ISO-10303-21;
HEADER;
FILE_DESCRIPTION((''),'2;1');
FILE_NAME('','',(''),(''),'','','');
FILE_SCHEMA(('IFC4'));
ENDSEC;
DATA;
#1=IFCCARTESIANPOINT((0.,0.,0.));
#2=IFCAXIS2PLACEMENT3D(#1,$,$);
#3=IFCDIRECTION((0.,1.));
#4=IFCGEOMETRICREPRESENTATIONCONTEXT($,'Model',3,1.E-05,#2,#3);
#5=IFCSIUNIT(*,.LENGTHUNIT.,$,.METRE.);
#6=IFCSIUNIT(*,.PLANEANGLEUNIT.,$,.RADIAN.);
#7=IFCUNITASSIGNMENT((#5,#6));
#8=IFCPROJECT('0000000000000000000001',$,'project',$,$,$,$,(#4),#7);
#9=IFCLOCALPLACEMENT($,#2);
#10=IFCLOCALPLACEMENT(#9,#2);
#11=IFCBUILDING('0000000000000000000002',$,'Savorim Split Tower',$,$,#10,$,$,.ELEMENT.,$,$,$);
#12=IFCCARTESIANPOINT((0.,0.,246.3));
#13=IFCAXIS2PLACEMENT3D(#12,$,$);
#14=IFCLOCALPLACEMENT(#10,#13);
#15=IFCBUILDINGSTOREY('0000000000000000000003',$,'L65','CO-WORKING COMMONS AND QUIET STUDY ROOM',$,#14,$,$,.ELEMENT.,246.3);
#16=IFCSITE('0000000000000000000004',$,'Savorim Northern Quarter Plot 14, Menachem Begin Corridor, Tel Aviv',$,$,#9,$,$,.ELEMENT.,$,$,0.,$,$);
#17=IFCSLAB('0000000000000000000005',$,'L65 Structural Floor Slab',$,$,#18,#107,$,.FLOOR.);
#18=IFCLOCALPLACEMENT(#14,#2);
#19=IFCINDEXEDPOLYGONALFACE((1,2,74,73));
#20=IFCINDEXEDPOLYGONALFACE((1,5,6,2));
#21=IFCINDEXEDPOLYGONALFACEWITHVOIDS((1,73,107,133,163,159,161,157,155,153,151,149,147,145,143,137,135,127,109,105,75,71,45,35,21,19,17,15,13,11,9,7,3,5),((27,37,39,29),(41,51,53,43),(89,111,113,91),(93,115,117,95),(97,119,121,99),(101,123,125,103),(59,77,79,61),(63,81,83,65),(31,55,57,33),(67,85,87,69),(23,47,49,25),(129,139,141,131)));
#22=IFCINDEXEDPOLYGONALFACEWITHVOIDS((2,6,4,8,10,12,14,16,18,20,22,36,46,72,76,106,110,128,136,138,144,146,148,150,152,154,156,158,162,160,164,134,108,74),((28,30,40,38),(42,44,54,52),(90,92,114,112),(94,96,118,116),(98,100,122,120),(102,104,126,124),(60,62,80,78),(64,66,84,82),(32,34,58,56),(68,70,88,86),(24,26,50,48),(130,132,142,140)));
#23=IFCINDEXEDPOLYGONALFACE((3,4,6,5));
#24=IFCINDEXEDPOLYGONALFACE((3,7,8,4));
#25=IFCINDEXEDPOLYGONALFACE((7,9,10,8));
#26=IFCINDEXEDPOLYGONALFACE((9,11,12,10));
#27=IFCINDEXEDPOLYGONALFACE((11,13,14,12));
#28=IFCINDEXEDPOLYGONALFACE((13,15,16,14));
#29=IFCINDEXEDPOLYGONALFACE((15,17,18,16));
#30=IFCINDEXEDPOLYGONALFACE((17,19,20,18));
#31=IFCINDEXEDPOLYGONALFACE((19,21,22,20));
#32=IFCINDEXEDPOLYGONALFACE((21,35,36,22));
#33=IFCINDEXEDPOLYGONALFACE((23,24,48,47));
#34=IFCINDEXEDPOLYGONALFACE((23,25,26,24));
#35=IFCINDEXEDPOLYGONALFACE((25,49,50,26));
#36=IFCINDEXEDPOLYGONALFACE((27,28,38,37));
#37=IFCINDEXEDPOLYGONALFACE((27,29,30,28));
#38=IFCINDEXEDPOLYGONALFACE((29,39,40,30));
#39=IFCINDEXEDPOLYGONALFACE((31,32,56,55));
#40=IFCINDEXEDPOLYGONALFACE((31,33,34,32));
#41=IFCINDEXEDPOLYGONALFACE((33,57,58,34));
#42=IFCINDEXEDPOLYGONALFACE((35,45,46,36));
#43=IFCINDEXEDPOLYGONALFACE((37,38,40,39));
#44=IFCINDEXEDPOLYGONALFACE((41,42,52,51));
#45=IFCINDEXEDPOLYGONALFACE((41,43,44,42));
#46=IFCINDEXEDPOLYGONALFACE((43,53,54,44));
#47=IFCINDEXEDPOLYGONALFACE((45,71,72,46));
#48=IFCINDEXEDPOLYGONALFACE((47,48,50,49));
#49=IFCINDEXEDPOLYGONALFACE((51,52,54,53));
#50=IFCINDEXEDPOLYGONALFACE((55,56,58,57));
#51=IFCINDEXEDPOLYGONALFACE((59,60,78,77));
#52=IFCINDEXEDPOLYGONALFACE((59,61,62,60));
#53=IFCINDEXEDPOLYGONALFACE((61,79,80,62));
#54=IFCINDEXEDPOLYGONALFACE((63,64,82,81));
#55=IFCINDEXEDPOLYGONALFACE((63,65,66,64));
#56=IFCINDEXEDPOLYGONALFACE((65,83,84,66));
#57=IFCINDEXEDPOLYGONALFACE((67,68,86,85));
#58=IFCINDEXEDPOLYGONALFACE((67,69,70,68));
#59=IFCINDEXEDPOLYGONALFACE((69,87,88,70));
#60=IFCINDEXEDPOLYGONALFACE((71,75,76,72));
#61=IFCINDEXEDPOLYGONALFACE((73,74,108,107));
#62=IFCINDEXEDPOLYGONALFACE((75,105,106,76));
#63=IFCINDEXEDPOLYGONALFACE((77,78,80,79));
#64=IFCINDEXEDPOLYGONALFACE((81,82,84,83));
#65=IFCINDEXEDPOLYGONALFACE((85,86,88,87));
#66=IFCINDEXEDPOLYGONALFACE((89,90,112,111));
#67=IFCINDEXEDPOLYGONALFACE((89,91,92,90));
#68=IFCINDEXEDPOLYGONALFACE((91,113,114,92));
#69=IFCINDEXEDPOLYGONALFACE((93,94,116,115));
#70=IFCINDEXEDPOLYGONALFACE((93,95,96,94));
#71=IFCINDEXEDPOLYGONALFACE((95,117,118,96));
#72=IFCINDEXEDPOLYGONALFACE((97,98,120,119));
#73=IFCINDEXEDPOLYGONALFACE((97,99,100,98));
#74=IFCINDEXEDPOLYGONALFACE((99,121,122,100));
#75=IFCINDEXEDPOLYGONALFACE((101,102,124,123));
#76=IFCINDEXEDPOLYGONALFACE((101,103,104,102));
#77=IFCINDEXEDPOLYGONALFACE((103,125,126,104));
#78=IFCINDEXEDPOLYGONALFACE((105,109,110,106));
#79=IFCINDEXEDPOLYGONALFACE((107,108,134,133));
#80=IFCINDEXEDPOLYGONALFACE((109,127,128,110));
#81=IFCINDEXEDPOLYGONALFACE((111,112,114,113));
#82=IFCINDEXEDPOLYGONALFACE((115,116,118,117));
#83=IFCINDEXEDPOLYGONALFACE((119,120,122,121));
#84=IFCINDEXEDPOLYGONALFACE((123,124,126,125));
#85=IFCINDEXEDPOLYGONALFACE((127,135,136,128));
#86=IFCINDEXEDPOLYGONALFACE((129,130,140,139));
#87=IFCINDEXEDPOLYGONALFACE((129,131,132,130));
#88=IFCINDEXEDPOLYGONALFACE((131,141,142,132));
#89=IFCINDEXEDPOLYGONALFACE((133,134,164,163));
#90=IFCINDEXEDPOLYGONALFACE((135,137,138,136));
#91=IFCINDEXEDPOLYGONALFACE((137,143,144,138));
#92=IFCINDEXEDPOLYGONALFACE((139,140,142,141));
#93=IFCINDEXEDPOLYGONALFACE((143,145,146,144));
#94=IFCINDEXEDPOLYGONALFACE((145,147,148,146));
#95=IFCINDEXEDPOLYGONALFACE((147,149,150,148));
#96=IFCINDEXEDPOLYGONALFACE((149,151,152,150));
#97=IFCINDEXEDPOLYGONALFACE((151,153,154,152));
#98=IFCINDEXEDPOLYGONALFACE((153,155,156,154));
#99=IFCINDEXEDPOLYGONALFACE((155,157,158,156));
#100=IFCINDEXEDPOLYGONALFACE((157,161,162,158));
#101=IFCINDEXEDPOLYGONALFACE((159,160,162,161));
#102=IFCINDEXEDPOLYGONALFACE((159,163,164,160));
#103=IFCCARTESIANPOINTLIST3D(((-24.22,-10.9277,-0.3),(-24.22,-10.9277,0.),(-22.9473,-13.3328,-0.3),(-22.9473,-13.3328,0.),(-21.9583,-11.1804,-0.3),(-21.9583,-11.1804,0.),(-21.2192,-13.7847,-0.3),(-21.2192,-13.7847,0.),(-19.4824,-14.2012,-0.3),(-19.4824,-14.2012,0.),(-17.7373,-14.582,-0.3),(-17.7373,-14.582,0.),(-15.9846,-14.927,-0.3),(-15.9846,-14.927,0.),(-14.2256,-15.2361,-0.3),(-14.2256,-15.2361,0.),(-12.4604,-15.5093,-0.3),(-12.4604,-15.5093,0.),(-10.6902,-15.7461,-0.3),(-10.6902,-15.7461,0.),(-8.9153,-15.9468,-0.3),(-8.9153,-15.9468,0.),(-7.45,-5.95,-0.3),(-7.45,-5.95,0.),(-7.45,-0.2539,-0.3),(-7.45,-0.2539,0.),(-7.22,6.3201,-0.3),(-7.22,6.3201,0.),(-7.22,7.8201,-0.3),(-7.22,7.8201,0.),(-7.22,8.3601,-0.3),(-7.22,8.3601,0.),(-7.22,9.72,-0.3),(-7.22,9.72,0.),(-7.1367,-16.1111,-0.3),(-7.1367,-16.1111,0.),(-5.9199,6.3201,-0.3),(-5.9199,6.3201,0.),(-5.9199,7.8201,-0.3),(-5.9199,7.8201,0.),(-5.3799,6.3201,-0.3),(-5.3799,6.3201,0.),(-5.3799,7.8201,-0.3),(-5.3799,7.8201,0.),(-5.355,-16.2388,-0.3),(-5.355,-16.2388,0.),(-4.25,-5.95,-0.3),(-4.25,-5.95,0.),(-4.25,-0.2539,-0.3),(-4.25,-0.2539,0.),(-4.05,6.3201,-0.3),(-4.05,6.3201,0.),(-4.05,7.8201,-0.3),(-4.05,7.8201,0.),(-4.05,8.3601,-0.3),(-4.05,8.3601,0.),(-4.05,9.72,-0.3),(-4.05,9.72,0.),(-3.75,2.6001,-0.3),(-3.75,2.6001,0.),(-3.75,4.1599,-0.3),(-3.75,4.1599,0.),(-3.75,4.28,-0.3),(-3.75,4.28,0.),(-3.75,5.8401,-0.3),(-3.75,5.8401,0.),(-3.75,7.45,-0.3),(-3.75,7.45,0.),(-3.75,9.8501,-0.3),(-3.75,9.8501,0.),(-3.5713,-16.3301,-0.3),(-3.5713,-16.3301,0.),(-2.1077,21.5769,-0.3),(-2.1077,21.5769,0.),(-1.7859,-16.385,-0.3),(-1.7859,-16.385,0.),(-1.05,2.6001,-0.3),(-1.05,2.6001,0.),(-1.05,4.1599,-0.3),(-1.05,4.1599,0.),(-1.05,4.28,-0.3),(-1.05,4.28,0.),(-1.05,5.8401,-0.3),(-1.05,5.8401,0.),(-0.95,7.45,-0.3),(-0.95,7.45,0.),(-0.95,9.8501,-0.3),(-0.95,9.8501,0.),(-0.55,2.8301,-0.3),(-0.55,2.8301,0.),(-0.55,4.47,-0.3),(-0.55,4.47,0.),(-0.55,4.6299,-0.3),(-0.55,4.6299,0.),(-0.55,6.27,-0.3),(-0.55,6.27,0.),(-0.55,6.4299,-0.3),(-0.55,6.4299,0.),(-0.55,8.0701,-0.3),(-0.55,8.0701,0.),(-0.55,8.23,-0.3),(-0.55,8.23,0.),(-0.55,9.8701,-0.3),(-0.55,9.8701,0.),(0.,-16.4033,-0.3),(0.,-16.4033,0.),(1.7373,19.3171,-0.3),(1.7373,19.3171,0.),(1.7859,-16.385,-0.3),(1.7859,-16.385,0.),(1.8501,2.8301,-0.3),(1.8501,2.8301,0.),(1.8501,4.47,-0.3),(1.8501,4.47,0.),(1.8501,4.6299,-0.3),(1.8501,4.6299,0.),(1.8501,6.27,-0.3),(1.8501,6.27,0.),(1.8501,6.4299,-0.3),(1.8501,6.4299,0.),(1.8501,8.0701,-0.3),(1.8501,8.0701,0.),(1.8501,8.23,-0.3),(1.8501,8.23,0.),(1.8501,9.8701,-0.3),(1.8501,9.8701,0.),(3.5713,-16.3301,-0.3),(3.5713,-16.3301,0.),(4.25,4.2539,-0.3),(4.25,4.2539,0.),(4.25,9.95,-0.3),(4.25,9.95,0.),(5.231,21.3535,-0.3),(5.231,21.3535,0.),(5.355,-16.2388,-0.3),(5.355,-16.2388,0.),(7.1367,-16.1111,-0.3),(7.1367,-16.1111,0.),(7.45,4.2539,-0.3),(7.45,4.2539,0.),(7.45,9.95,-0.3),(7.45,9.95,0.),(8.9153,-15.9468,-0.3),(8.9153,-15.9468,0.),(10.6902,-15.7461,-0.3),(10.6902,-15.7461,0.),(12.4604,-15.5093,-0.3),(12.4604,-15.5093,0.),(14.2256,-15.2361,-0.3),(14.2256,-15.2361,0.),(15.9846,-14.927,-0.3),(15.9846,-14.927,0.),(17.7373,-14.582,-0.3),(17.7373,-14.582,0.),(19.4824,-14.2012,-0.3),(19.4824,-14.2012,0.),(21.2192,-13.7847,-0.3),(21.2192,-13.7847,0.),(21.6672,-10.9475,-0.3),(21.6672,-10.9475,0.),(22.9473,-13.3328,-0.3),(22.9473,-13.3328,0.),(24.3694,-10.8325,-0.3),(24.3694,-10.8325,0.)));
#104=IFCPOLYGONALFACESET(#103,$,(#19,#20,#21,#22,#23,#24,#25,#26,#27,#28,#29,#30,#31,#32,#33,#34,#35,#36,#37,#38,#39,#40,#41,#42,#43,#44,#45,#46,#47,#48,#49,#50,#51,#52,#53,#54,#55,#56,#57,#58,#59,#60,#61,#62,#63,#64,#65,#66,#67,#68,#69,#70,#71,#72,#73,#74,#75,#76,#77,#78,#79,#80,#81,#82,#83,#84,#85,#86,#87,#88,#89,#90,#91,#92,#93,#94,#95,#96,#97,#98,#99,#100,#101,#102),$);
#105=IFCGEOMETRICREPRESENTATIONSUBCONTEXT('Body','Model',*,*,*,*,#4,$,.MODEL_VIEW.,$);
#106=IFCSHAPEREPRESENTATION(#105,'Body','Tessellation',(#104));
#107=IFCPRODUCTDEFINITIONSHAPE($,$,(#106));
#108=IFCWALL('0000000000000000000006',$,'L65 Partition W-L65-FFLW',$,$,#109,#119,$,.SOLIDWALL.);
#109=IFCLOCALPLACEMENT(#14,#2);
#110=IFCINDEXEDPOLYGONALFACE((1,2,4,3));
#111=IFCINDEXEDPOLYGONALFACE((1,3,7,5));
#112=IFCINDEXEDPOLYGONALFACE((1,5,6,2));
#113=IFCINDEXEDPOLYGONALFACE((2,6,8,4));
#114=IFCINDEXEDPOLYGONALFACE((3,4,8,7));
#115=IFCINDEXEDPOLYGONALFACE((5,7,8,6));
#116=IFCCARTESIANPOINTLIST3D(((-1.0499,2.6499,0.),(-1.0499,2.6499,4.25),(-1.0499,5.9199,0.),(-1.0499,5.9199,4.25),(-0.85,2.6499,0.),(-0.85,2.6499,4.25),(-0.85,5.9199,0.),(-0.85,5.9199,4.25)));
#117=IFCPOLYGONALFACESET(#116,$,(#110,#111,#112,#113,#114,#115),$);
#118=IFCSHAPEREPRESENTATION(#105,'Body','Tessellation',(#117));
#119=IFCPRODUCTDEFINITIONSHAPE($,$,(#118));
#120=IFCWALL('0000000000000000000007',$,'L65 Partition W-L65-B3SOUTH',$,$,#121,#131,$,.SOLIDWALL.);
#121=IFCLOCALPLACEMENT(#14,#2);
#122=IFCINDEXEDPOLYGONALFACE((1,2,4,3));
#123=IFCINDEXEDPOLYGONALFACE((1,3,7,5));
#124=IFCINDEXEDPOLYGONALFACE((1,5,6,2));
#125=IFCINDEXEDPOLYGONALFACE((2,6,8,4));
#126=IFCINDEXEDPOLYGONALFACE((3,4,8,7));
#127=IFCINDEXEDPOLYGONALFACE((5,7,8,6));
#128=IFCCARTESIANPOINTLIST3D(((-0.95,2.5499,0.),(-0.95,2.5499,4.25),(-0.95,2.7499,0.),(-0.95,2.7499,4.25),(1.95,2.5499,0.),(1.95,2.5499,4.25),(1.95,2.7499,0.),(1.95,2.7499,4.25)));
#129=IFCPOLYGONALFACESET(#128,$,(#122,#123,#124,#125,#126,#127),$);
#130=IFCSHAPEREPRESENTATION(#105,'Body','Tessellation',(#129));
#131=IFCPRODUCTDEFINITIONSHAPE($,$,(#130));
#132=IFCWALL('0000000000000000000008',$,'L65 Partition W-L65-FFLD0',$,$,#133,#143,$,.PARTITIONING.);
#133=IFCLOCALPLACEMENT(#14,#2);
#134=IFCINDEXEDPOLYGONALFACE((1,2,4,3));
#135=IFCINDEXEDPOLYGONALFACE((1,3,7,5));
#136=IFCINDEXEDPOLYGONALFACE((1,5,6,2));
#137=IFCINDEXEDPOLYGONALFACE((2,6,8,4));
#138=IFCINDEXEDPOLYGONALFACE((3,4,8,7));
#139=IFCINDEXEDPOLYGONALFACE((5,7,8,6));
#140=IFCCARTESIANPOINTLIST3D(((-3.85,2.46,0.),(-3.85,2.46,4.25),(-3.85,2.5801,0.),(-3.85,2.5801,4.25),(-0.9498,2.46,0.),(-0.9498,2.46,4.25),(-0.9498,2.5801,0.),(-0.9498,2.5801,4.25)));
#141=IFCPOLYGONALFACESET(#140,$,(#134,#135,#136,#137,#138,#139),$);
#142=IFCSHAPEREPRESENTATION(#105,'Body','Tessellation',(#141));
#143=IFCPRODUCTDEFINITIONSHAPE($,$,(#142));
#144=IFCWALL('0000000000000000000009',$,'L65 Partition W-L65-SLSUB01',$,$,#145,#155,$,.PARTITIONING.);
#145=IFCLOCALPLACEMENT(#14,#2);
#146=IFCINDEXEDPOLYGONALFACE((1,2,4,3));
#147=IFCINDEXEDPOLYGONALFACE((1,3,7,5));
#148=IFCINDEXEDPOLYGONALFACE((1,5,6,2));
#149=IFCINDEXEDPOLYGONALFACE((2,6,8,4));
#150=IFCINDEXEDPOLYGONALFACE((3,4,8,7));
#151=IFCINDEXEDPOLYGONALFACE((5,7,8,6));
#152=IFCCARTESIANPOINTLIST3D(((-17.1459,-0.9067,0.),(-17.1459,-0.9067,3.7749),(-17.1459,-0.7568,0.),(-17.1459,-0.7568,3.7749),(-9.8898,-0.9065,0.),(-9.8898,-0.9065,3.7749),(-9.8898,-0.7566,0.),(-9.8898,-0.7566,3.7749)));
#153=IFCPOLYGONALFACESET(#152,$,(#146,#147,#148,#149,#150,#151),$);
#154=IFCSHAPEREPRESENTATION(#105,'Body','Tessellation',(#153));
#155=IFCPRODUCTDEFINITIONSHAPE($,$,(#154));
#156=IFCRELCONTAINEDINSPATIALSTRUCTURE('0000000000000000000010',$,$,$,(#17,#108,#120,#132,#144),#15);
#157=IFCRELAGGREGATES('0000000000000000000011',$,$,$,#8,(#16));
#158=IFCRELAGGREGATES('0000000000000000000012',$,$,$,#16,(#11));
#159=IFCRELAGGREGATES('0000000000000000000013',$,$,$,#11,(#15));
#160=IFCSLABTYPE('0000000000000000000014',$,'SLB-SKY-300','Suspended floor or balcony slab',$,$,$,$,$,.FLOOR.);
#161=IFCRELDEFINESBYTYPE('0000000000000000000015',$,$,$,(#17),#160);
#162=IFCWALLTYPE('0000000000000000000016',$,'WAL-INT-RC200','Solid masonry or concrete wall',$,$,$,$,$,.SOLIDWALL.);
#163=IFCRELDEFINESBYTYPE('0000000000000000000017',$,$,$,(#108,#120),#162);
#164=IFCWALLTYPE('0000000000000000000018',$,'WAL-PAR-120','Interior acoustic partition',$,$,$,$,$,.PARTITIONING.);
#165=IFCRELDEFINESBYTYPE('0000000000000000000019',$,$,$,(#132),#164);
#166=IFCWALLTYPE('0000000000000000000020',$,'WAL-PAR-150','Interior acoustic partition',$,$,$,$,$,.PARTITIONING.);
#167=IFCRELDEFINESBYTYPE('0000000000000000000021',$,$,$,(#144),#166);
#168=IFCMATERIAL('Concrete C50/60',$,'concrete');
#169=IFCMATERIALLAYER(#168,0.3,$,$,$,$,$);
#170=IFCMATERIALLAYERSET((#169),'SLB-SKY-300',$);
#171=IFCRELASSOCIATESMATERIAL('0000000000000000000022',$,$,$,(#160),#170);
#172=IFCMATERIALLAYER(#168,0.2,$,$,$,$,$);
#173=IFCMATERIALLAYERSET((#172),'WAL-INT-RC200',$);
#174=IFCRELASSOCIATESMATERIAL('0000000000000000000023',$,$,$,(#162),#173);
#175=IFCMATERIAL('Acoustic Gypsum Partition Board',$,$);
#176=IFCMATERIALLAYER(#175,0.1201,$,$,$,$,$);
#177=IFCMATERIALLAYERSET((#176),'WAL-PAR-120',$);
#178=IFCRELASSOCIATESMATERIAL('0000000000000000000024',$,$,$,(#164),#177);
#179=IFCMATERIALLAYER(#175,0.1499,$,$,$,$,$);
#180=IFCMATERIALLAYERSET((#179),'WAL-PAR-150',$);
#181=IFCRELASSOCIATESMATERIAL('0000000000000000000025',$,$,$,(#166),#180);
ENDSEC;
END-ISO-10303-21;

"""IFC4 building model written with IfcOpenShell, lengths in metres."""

from ifc_helpers import new_model, si_unit, direction, frame, frame_2d, origin, place, context, subcontext, project, spatial, polyline, rectangle, outline, extrude, material, layer, layer_set, type_object, element, save


model = new_model("IFC4")

# Units and contexts
model_context = context("Model", 3, precision=1e-05, world=origin(), true_north=direction((0.0, 1.0)))
body_context = subcontext(model_context, "Body", "Model", "MODEL_VIEW")
ifc_project = project(units=[si_unit("LENGTHUNIT", "METRE"), si_unit("PLANEANGLEUNIT", "RADIAN")], contexts=[model_context])

# Site, building, storey
site_placement = place(None, origin())
site = spatial("IfcSite", under=ifc_project, at=site_placement, Name="Savorim Northern Quarter Plot 14, Menachem Begin Corridor, Tel Aviv", CompositionType="ELEMENT", RefElevation=0.0)
building_placement = place(site_placement, origin())
building = spatial("IfcBuilding", under=site, at=building_placement, Name="Savorim Split Tower", CompositionType="ELEMENT")
storey_placement = place(building_placement, frame((0.0, 0.0, 246.3)))
storey = spatial("IfcBuildingStorey", under=building, at=storey_placement, Name="L65", Description="CO-WORKING COMMONS AND QUIET STUDY ROOM", CompositionType="ELEMENT", Elevation=246.3)

# Slab
ifc_material_1 = material(Name="Concrete C50/60", Category="concrete")
ifc_layer_1 = layer(ifc_material_1, 0.3)
ifc_layer_set_1 = layer_set([ifc_layer_1], Name="SLB-SKY-300")
slab_type = type_object("IfcSlabType", Name="SLB-SKY-300", Description="Suspended floor or balcony slab", PredefinedType="FLOOR", material=ifc_layer_set_1)
slab_placement = place(storey_placement, frame((0.0, 0.0, -0.3)))
element("IfcSlab", 1, at=slab_placement, inside=storey, type_object=slab_type, Name="L65 Structural Floor Slab", PredefinedType="FLOOR", context=body_context, shape_type="SweptSolid", body=[
    extrude(outline(polyline([(-22.9473, -13.3328), (-21.2192, -13.7847), (-19.4824, -14.2012), (-17.7373, -14.582), (-15.9846, -14.927), (-14.2256, -15.2361), (-12.4604, -15.5093), (-10.6902, -15.7461), (-8.9153, -15.9468), (-7.1367, -16.1111), (-5.355, -16.2388), (-3.5713, -16.3301), (-1.7859, -16.385), (0.0, -16.4033), (1.7859, -16.385), (3.5713, -16.3301), (5.355, -16.2388), (7.1367, -16.1111), (8.9153, -15.9468), (10.6902, -15.7461), (12.4604, -15.5093), (14.2256, -15.2361), (15.9846, -14.927), (17.7373, -14.582), (19.4824, -14.2012), (21.2192, -13.7847), (22.9473, -13.3328), (21.6672, -10.9475), (24.3694, -10.8325), (5.231, 21.3535), (1.7373, 19.3171), (-2.1077, 21.5769), (-24.22, -10.9277), (-21.9583, -11.1804), (-22.9473, -13.3328)]), holes=[polyline([(-7.45, -0.2539), (-7.45, -5.95), (-4.25, -5.95), (-4.25, -0.2539), (-7.45, -0.2539)]), polyline([(7.45, 4.2539), (7.45, 9.95), (4.25, 9.95), (4.25, 4.2539), (7.45, 4.2539)]), polyline([(-0.55, 2.8301), (1.8501, 2.8301), (1.8501, 4.47), (-0.55, 4.47), (-0.55, 2.8301)]), polyline([(-0.55, 4.6299), (1.8501, 4.6299), (1.8501, 6.27), (-0.55, 6.27), (-0.55, 4.6299)]), polyline([(-0.55, 6.4299), (1.8501, 6.4299), (1.8501, 8.0701), (-0.55, 8.0701), (-0.55, 6.4299)]), polyline([(-0.55, 8.23), (1.8501, 8.23), (1.8501, 9.8701), (-0.55, 9.8701), (-0.55, 8.23)]), polyline([(-3.75, 2.6001), (-1.05, 2.6001), (-1.05, 4.1599), (-3.75, 4.1599), (-3.75, 2.6001)]), polyline([(-3.75, 4.28), (-1.05, 4.28), (-1.05, 5.8401), (-3.75, 5.8401), (-3.75, 4.28)]), polyline([(-3.75, 7.45), (-0.95, 7.45), (-0.95, 9.8501), (-3.75, 9.8501), (-3.75, 7.45)]), polyline([(-7.22, 6.3201), (-5.9199, 6.3201), (-5.9199, 7.8201), (-7.22, 7.8201), (-7.22, 6.3201)]), polyline([(-5.3799, 6.3201), (-4.05, 6.3201), (-4.05, 7.8201), (-5.3799, 7.8201), (-5.3799, 6.3201)]), polyline([(-7.22, 8.3601), (-4.05, 8.3601), (-4.05, 9.72), (-7.22, 9.72), (-7.22, 8.3601)])]), origin(), (0.0, 0.0, 1.0), 0.3),
])

# Shared definitions
ifc_layer_2 = layer(ifc_material_1, 0.2)
ifc_layer_set_2 = layer_set([ifc_layer_2], Name="WAL-INT-RC200")
wall_type_1 = type_object("IfcWallType", Name="WAL-INT-RC200", Description="Solid masonry or concrete wall", PredefinedType="SOLIDWALL", material=ifc_layer_set_2)

# Walls
wall_1_placement = place(storey_placement, frame((-0.95, 2.6499, 0.0), z_axis=(0.0, 0.0, 1.0), x_axis=(0.0, 1.0, 0.0)))
element("IfcWall", 2, at=wall_1_placement, inside=storey, type_object=wall_type_1, Name="L65 Partition W-L65-FFLW", PredefinedType="SOLIDWALL", context=body_context, shape_type="SweptSolid", body=[
    extrude(rectangle(XDim=3.27, YDim=0.2, at=frame_2d((1.635, 0.0))), origin(), (0.0, 0.0, 1.0), 4.25),
])
wall_2_placement = place(storey_placement, frame((-0.95, 2.6499, 0.0), z_axis=(0.0, 0.0, 1.0), x_axis=(1.0, 0.0, 0.0)))
element("IfcWall", 3, at=wall_2_placement, inside=storey, type_object=wall_type_1, Name="L65 Partition W-L65-B3SOUTH", PredefinedType="SOLIDWALL", context=body_context, shape_type="SweptSolid", body=[
    extrude(rectangle(XDim=2.8999, YDim=0.2, at=frame_2d((1.45, 0.0))), origin(), (0.0, 0.0, 1.0), 4.25),
])
ifc_material_2 = material(Name="Acoustic Gypsum Partition Board")
ifc_layer_3 = layer(ifc_material_2, 0.1201)
ifc_layer_set_3 = layer_set([ifc_layer_3], Name="WAL-PAR-120")
wall_type_2 = type_object("IfcWallType", Name="WAL-PAR-120", Description="Interior acoustic partition", PredefinedType="PARTITIONING", material=ifc_layer_set_3)
wall_3_placement = place(storey_placement, frame((-3.8501, 2.52, 0.0), z_axis=(0.0, 0.0, 1.0), x_axis=(1.0, 0.0, 0.0)))
element("IfcWall", 4, at=wall_3_placement, inside=storey, type_object=wall_type_2, Name="L65 Partition W-L65-FFLD0", PredefinedType="PARTITIONING", context=body_context, shape_type="SweptSolid", body=[
    extrude(rectangle(XDim=2.9001, YDim=0.1201, at=frame_2d((1.4502, 0.0))), origin(), (0.0, 0.0, 1.0), 4.25),
])
ifc_layer_4 = layer(ifc_material_2, 0.1499)
ifc_layer_set_4 = layer_set([ifc_layer_4], Name="WAL-PAR-150")
wall_type_3 = type_object("IfcWallType", Name="WAL-PAR-150", Description="Interior acoustic partition", PredefinedType="PARTITIONING", material=ifc_layer_set_4)
wall_4_placement = place(storey_placement, frame((-9.8899, -0.8315, 0.0), z_axis=(0.0, 0.0, 1.0), x_axis=(-1.0, -0.000034, 0.0)))
element("IfcWall", 5, at=wall_4_placement, inside=storey, type_object=wall_type_3, Name="L65 Partition W-L65-SLSUB01", PredefinedType="PARTITIONING", context=body_context, shape_type="SweptSolid", body=[
    extrude(rectangle(XDim=7.2561, YDim=0.1499, at=frame_2d((3.6279, 0.0))), origin(), (0.0, 0.0, 1.0), 3.7749),
])

save(model, "model.ifc")
